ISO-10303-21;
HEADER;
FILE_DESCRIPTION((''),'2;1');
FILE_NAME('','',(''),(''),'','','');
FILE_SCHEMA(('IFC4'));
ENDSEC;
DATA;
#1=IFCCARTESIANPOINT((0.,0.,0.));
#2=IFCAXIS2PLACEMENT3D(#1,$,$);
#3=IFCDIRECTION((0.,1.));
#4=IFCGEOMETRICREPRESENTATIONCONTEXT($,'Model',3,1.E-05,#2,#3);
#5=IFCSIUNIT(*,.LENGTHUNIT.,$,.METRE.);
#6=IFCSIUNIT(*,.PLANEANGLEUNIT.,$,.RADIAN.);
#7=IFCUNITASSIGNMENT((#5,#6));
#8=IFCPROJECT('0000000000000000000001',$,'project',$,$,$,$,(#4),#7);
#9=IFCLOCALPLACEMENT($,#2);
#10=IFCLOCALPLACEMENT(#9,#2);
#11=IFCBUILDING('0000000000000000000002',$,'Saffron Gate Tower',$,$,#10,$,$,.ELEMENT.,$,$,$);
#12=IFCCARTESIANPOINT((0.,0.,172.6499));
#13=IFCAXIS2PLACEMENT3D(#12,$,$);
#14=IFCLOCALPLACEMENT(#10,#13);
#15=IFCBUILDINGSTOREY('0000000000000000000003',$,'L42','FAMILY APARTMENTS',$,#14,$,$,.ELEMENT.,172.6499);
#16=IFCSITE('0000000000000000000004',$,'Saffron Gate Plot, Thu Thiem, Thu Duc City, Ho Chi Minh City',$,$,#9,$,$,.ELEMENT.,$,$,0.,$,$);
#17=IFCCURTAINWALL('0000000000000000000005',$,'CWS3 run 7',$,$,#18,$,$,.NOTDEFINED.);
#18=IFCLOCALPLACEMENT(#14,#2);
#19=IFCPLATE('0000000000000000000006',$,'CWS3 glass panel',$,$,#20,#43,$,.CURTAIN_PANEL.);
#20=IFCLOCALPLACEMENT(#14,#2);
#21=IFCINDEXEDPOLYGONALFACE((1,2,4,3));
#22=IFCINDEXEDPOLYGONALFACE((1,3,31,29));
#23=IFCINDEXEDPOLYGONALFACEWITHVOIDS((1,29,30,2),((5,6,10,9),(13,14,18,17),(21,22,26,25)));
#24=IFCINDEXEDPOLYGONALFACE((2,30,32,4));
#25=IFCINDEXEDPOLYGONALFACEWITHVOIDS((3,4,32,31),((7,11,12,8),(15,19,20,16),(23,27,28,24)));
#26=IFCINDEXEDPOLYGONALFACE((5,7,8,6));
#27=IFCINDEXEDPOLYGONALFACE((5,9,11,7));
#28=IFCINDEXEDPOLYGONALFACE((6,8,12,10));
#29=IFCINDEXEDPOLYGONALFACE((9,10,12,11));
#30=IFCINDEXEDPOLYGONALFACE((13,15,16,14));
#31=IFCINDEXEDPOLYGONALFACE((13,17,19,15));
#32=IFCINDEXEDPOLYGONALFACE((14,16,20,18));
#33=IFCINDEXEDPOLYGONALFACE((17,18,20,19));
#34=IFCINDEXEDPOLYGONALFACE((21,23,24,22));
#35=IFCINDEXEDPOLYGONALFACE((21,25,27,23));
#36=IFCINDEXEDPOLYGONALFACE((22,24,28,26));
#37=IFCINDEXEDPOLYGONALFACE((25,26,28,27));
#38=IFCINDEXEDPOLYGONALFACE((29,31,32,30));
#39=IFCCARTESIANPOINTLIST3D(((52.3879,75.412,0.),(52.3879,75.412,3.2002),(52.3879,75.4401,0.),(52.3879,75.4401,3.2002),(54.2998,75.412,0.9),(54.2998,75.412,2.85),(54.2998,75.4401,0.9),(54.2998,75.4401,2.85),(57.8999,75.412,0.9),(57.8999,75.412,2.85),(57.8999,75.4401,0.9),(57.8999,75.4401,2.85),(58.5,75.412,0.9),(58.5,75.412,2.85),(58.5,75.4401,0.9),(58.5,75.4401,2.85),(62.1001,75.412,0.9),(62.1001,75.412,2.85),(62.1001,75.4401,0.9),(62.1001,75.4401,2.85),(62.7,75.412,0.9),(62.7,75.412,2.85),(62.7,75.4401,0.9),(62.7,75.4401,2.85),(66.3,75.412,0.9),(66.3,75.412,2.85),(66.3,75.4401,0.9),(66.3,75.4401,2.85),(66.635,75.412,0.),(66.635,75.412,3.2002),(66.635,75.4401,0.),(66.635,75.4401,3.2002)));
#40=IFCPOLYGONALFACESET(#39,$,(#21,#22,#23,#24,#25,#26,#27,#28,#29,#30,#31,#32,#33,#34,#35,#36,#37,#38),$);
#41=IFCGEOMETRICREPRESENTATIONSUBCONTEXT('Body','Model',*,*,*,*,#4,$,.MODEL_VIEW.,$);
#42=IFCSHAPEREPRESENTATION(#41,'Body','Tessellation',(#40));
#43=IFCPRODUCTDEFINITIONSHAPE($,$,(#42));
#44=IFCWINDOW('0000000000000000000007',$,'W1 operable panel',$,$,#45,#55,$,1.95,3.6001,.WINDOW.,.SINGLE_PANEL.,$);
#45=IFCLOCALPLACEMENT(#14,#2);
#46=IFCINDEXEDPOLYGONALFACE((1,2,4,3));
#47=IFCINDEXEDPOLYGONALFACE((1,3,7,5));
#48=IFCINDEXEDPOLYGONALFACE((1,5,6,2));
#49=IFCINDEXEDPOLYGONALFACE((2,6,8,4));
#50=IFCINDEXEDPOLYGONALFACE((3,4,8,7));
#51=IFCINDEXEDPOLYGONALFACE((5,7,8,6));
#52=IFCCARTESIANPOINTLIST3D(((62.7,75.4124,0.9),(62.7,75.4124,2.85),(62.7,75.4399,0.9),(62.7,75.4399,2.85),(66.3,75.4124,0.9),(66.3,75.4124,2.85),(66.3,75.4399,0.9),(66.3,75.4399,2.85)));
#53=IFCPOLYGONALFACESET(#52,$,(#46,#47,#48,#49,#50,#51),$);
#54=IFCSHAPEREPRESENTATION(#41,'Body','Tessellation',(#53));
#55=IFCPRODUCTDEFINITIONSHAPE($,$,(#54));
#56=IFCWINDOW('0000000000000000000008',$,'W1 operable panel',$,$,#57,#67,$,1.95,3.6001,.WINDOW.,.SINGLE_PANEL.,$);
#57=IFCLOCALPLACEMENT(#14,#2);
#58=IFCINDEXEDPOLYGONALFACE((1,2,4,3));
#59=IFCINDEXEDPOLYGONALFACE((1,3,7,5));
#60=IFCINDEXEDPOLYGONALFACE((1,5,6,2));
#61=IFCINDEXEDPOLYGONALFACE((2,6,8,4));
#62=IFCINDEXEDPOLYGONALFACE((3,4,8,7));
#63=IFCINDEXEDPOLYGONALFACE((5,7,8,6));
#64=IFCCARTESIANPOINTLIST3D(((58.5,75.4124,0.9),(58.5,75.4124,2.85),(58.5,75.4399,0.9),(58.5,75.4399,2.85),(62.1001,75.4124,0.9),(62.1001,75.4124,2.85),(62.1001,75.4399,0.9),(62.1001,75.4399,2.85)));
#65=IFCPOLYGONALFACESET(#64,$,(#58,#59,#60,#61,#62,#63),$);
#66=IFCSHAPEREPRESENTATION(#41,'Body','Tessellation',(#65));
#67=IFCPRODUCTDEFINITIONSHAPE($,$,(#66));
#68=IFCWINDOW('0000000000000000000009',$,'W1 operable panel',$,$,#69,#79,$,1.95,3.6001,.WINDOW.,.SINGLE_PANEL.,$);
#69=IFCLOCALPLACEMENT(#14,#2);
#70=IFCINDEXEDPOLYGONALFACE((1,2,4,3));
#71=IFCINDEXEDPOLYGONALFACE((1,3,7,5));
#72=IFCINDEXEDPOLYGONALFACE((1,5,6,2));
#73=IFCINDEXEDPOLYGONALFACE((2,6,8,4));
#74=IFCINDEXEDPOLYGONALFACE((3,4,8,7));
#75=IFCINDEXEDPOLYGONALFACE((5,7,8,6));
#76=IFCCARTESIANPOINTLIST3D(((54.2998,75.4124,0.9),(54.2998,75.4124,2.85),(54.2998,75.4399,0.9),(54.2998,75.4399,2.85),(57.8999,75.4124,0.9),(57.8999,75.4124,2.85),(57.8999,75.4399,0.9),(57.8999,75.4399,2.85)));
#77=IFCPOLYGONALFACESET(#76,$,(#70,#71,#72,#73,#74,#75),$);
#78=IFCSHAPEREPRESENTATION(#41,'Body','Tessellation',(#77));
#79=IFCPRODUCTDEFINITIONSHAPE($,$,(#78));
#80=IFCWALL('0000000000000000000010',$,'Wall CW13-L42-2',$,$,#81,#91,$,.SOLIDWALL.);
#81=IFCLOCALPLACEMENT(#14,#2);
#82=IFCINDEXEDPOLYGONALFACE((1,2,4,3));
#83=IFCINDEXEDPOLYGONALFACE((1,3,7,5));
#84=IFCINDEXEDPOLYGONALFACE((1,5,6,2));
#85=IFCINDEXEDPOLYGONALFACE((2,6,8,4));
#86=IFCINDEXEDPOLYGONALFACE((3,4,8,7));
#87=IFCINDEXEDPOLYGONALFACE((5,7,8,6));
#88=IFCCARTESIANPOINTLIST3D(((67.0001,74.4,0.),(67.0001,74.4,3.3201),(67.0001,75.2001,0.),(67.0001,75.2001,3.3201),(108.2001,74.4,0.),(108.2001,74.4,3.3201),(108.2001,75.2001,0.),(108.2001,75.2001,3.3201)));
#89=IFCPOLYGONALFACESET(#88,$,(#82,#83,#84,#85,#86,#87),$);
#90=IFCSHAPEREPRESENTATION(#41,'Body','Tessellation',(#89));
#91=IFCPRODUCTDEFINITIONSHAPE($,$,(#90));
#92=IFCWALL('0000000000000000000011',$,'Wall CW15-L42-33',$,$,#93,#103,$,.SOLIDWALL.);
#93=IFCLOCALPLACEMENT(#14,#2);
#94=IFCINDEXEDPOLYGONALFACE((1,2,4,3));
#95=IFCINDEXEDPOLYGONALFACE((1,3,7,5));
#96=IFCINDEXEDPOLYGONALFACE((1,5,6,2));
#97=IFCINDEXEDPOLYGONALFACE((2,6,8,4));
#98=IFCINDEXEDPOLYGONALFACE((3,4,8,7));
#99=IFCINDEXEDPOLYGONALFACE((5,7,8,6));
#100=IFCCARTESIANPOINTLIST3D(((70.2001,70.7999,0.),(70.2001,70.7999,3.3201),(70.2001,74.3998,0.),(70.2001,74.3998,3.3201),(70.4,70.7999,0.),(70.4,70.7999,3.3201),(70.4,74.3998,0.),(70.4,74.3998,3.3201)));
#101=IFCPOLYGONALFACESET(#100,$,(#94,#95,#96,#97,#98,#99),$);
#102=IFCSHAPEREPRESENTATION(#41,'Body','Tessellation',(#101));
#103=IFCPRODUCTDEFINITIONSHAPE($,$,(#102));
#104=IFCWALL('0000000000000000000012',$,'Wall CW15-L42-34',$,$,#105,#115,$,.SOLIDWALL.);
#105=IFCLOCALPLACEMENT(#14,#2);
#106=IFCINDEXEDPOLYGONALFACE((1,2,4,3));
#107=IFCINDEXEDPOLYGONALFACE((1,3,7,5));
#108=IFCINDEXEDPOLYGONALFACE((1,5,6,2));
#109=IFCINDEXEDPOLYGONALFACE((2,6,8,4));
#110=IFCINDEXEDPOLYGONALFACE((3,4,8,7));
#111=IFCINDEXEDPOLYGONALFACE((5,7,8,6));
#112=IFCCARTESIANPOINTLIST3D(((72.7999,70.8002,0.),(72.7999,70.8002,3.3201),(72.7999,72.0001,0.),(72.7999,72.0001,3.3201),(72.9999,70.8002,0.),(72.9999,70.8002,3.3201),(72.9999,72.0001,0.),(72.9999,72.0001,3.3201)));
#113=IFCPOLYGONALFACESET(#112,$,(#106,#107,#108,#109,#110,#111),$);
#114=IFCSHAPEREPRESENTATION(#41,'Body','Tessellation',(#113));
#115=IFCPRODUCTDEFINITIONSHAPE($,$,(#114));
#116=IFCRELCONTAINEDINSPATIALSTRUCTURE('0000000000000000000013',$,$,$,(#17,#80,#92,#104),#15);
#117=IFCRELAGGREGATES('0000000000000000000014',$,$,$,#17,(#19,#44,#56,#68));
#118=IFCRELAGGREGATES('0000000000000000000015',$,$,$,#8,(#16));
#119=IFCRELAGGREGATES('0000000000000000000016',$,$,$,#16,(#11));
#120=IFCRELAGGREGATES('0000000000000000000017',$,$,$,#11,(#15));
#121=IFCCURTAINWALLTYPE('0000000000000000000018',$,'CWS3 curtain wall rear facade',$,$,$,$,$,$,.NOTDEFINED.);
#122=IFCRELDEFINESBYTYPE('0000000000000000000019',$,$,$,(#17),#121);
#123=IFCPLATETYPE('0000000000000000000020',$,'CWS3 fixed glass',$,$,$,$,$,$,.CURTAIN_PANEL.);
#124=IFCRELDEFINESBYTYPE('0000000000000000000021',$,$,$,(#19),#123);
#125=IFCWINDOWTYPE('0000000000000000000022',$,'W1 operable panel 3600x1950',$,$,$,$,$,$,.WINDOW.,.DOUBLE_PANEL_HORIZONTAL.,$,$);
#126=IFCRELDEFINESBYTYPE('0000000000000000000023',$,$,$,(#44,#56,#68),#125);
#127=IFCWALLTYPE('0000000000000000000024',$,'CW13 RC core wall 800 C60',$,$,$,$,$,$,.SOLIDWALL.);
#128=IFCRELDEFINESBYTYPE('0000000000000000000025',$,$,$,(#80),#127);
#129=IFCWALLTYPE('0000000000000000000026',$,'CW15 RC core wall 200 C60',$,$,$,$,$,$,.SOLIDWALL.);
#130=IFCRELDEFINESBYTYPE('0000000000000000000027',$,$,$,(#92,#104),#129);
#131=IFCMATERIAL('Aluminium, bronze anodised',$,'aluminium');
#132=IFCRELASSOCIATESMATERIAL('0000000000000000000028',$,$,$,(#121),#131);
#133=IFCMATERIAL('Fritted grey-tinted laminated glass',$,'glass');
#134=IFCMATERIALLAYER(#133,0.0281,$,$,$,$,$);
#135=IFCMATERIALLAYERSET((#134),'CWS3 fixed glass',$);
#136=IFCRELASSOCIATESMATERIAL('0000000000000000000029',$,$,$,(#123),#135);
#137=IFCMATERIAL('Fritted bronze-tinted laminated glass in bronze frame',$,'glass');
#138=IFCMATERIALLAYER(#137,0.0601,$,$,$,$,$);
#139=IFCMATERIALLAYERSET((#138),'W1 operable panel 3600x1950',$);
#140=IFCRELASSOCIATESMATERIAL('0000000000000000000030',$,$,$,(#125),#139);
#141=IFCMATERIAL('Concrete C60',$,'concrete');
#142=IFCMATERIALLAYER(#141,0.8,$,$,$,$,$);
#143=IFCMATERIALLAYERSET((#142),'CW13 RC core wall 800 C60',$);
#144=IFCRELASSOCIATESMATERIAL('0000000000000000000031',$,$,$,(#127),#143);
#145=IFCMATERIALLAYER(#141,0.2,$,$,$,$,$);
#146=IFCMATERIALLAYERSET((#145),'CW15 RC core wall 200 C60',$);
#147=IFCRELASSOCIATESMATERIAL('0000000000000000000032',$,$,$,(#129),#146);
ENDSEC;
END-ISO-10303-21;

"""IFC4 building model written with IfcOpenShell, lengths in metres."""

from ifc_helpers import new_model, si_unit, direction, frame, frame_2d, origin, place, context, subcontext, project, spatial, rectangle, extrude, material, layer, layer_set, type_object, element, fill, aggregate, save


model = new_model("IFC4")

# Units and contexts
model_context = context("Model", 3, precision=1e-05, world=origin(), true_north=direction((0.0, 1.0)))
body_context = subcontext(model_context, "Body", "Model", "MODEL_VIEW")
ifc_project = project(units=[si_unit("LENGTHUNIT", "METRE"), si_unit("PLANEANGLEUNIT", "RADIAN")], contexts=[model_context])

# Site, building, storey
site_placement = place(None, origin())
site = spatial("IfcSite", under=ifc_project, at=site_placement, Name="Saffron Gate Plot, Thu Thiem, Thu Duc City, Ho Chi Minh City", CompositionType="ELEMENT", RefElevation=0.0)
building_placement = place(site_placement, origin())
building = spatial("IfcBuilding", under=site, at=building_placement, Name="Saffron Gate Tower", CompositionType="ELEMENT")
storey_placement = place(building_placement, frame((0.0, 0.0, 172.6499)))
storey = spatial("IfcBuildingStorey", under=building, at=storey_placement, Name="L42", Description="FAMILY APARTMENTS", CompositionType="ELEMENT", Elevation=172.6499)

# Curtain wall, plate, openings, windows
ifc_material_1 = material(Name="Aluminium, bronze anodised", Category="aluminium")
curtain_wall_type = type_object("IfcCurtainWallType", Name="CWS3 curtain wall rear facade", PredefinedType="NOTDEFINED", material=ifc_material_1)
curtain_wall_placement = place(storey_placement, origin())
curtain_wall = element("IfcCurtainWall", 1, at=curtain_wall_placement, inside=storey, type_object=curtain_wall_type, Name="CWS3 run 7", PredefinedType="NOTDEFINED")
ifc_material_2 = material(Name="Fritted grey-tinted laminated glass", Category="glass")
ifc_layer_1 = layer(ifc_material_2, 0.0281)
ifc_layer_set_1 = layer_set([ifc_layer_1], Name="CWS3 fixed glass")
plate_type = type_object("IfcPlateType", Name="CWS3 fixed glass", PredefinedType="CURTAIN_PANEL", material=ifc_layer_set_1)
plate_placement = place(storey_placement, frame((66.635, 75.426, 0.0), z_axis=(0.0, 0.0, 1.0), x_axis=(-1.0, 0.0, 0.0)))
plate = element("IfcPlate", 2, at=plate_placement, type_object=plate_type, Name="CWS3 glass panel", PredefinedType="CURTAIN_PANEL", context=body_context, shape_type="SweptSolid", body=[
    extrude(rectangle(XDim=14.2471, YDim=0.0281, at=frame_2d((7.1235, 0.0))), origin(), (0.0, 0.0, 1.0), 3.2002),
])
opening_1_placement = place(plate_placement, frame((0.335, 0.0, 0.8999)))
opening_1 = element("IfcOpeningElement", 3, at=opening_1_placement, cuts=plate, PredefinedType="OPENING", context=body_context, shape_type="SweptSolid", body=[
    extrude(rectangle(XDim=3.6001, YDim=1.95, at=frame_2d((1.8, 0.9751))), frame((0.0, 0.0239, 0.0), z_axis=(0.0, -1.0, 0.0), x_axis=(1.0, 0.0, 0.0)), (0.0, 0.0, 1.0), 0.0481),
])
opening_2_placement = place(plate_placement, frame((4.5349, 0.0, 0.8999)))
opening_2 = element("IfcOpeningElement", 4, at=opening_2_placement, cuts=plate, PredefinedType="OPENING", context=body_context, shape_type="SweptSolid", body=[
    extrude(rectangle(XDim=3.6001, YDim=1.95, at=frame_2d((1.8, 0.9751))), frame((0.0, 0.0239, 0.0), z_axis=(0.0, -1.0, 0.0), x_axis=(1.0, 0.0, 0.0)), (0.0, 0.0, 1.0), 0.0481),
])
opening_3_placement = place(plate_placement, frame((8.7351, 0.0, 0.8999)))
opening_3 = element("IfcOpeningElement", 5, at=opening_3_placement, cuts=plate, PredefinedType="OPENING", context=body_context, shape_type="SweptSolid", body=[
    extrude(rectangle(XDim=3.6001, YDim=1.95, at=frame_2d((1.8, 0.9751))), frame((0.0, 0.0239, 0.0), z_axis=(0.0, -1.0, 0.0), x_axis=(1.0, 0.0, 0.0)), (0.0, 0.0, 1.0), 0.0481),
])
ifc_material_3 = material(Name="Fritted bronze-tinted laminated glass in bronze frame", Category="glass")
ifc_layer_2 = layer(ifc_material_3, 0.0601)
ifc_layer_set_2 = layer_set([ifc_layer_2], Name="W1 operable panel 3600x1950")
window_type = type_object("IfcWindowType", Name="W1 operable panel 3600x1950", PartitioningType="DOUBLE_PANEL_HORIZONTAL", PredefinedType="WINDOW", material=ifc_layer_set_2)
window_1_placement = place(opening_1_placement, origin())
window_1 = element("IfcWindow", 6, at=window_1_placement, type_object=window_type, Name="W1 operable panel", OverallHeight=1.95, OverallWidth=3.6001, PartitioningType="SINGLE_PANEL", PredefinedType="WINDOW", context=body_context, shape_type="SweptSolid", body=[
    extrude(rectangle(XDim=3.6001, YDim=1.95, at=frame_2d((1.8, 0.9751))), frame((0.0, 0.0137, 0.0), z_axis=(0.0, -1.0, 0.0), x_axis=(1.0, 0.0, 0.0)), (0.0, 0.0, 1.0), 0.0276),
])
fill(opening_1, window_1)
window_2_placement = place(opening_2_placement, origin())
window_2 = element("IfcWindow", 7, at=window_2_placement, type_object=window_type, Name="W1 operable panel", OverallHeight=1.95, OverallWidth=3.6001, PartitioningType="SINGLE_PANEL", PredefinedType="WINDOW", context=body_context, shape_type="SweptSolid", body=[
    extrude(rectangle(XDim=3.6001, YDim=1.95, at=frame_2d((1.8, 0.9751))), frame((0.0, 0.0137, 0.0), z_axis=(0.0, -1.0, 0.0), x_axis=(1.0, 0.0, 0.0)), (0.0, 0.0, 1.0), 0.0276),
])
fill(opening_2, window_2)
window_3_placement = place(opening_3_placement, origin())
window_3 = element("IfcWindow", 8, at=window_3_placement, type_object=window_type, Name="W1 operable panel", OverallHeight=1.95, OverallWidth=3.6001, PartitioningType="SINGLE_PANEL", PredefinedType="WINDOW", context=body_context, shape_type="SweptSolid", body=[
    extrude(rectangle(XDim=3.6001, YDim=1.95, at=frame_2d((1.8, 0.9751))), frame((0.0, 0.0137, 0.0), z_axis=(0.0, -1.0, 0.0), x_axis=(1.0, 0.0, 0.0)), (0.0, 0.0, 1.0), 0.0276),
])
fill(opening_3, window_3)
aggregate(curtain_wall, [plate, window_1, window_2, window_3])

# Walls
ifc_material_4 = material(Name="Concrete C60", Category="concrete")
ifc_layer_3 = layer(ifc_material_4, 0.8)
ifc_layer_set_3 = layer_set([ifc_layer_3], Name="CW13 RC core wall 800 C60")
wall_type_1 = type_object("IfcWallType", Name="CW13 RC core wall 800 C60", PredefinedType="SOLIDWALL", material=ifc_layer_set_3)
wall_1_placement = place(storey_placement, frame((67.0, 74.8, 0.0), z_axis=(0.0, 0.0, 1.0), x_axis=(1.0, 0.0, 0.0)))
element("IfcWall", 9, at=wall_1_placement, inside=storey, type_object=wall_type_1, Name="Wall CW13-L42-2", PredefinedType="SOLIDWALL", context=body_context, shape_type="SweptSolid", body=[
    extrude(rectangle(XDim=41.2, YDim=0.8, at=frame_2d((20.6001, 0.0))), origin(), (0.0, 0.0, 1.0), 3.3201),
])
ifc_layer_4 = layer(ifc_material_4, 0.2)
ifc_layer_set_4 = layer_set([ifc_layer_4], Name="CW15 RC core wall 200 C60")
wall_type_2 = type_object("IfcWallType", Name="CW15 RC core wall 200 C60", PredefinedType="SOLIDWALL", material=ifc_layer_set_4)
wall_2_placement = place(storey_placement, frame((70.3, 70.8, 0.0), z_axis=(0.0, 0.0, 1.0), x_axis=(0.0, 1.0, 0.0)))
element("IfcWall", 10, at=wall_2_placement, inside=storey, type_object=wall_type_2, Name="Wall CW15-L42-33", PredefinedType="SOLIDWALL", context=body_context, shape_type="SweptSolid", body=[
    extrude(rectangle(XDim=3.5999, YDim=0.2, at=frame_2d((1.7998, 0.0))), origin(), (0.0, 0.0, 1.0), 3.3201),
])
wall_3_placement = place(storey_placement, frame((72.8999, 70.8, 0.0), z_axis=(0.0, 0.0, 1.0), x_axis=(0.0, 1.0, 0.0)))
element("IfcWall", 11, at=wall_3_placement, inside=storey, type_object=wall_type_2, Name="Wall CW15-L42-34", PredefinedType="SOLIDWALL", context=body_context, shape_type="SweptSolid", body=[
    extrude(rectangle(XDim=1.2, YDim=0.2, at=frame_2d((0.6001, 0.0))), origin(), (0.0, 0.0, 1.0), 3.3201),
])

save(model, "model.ifc")
